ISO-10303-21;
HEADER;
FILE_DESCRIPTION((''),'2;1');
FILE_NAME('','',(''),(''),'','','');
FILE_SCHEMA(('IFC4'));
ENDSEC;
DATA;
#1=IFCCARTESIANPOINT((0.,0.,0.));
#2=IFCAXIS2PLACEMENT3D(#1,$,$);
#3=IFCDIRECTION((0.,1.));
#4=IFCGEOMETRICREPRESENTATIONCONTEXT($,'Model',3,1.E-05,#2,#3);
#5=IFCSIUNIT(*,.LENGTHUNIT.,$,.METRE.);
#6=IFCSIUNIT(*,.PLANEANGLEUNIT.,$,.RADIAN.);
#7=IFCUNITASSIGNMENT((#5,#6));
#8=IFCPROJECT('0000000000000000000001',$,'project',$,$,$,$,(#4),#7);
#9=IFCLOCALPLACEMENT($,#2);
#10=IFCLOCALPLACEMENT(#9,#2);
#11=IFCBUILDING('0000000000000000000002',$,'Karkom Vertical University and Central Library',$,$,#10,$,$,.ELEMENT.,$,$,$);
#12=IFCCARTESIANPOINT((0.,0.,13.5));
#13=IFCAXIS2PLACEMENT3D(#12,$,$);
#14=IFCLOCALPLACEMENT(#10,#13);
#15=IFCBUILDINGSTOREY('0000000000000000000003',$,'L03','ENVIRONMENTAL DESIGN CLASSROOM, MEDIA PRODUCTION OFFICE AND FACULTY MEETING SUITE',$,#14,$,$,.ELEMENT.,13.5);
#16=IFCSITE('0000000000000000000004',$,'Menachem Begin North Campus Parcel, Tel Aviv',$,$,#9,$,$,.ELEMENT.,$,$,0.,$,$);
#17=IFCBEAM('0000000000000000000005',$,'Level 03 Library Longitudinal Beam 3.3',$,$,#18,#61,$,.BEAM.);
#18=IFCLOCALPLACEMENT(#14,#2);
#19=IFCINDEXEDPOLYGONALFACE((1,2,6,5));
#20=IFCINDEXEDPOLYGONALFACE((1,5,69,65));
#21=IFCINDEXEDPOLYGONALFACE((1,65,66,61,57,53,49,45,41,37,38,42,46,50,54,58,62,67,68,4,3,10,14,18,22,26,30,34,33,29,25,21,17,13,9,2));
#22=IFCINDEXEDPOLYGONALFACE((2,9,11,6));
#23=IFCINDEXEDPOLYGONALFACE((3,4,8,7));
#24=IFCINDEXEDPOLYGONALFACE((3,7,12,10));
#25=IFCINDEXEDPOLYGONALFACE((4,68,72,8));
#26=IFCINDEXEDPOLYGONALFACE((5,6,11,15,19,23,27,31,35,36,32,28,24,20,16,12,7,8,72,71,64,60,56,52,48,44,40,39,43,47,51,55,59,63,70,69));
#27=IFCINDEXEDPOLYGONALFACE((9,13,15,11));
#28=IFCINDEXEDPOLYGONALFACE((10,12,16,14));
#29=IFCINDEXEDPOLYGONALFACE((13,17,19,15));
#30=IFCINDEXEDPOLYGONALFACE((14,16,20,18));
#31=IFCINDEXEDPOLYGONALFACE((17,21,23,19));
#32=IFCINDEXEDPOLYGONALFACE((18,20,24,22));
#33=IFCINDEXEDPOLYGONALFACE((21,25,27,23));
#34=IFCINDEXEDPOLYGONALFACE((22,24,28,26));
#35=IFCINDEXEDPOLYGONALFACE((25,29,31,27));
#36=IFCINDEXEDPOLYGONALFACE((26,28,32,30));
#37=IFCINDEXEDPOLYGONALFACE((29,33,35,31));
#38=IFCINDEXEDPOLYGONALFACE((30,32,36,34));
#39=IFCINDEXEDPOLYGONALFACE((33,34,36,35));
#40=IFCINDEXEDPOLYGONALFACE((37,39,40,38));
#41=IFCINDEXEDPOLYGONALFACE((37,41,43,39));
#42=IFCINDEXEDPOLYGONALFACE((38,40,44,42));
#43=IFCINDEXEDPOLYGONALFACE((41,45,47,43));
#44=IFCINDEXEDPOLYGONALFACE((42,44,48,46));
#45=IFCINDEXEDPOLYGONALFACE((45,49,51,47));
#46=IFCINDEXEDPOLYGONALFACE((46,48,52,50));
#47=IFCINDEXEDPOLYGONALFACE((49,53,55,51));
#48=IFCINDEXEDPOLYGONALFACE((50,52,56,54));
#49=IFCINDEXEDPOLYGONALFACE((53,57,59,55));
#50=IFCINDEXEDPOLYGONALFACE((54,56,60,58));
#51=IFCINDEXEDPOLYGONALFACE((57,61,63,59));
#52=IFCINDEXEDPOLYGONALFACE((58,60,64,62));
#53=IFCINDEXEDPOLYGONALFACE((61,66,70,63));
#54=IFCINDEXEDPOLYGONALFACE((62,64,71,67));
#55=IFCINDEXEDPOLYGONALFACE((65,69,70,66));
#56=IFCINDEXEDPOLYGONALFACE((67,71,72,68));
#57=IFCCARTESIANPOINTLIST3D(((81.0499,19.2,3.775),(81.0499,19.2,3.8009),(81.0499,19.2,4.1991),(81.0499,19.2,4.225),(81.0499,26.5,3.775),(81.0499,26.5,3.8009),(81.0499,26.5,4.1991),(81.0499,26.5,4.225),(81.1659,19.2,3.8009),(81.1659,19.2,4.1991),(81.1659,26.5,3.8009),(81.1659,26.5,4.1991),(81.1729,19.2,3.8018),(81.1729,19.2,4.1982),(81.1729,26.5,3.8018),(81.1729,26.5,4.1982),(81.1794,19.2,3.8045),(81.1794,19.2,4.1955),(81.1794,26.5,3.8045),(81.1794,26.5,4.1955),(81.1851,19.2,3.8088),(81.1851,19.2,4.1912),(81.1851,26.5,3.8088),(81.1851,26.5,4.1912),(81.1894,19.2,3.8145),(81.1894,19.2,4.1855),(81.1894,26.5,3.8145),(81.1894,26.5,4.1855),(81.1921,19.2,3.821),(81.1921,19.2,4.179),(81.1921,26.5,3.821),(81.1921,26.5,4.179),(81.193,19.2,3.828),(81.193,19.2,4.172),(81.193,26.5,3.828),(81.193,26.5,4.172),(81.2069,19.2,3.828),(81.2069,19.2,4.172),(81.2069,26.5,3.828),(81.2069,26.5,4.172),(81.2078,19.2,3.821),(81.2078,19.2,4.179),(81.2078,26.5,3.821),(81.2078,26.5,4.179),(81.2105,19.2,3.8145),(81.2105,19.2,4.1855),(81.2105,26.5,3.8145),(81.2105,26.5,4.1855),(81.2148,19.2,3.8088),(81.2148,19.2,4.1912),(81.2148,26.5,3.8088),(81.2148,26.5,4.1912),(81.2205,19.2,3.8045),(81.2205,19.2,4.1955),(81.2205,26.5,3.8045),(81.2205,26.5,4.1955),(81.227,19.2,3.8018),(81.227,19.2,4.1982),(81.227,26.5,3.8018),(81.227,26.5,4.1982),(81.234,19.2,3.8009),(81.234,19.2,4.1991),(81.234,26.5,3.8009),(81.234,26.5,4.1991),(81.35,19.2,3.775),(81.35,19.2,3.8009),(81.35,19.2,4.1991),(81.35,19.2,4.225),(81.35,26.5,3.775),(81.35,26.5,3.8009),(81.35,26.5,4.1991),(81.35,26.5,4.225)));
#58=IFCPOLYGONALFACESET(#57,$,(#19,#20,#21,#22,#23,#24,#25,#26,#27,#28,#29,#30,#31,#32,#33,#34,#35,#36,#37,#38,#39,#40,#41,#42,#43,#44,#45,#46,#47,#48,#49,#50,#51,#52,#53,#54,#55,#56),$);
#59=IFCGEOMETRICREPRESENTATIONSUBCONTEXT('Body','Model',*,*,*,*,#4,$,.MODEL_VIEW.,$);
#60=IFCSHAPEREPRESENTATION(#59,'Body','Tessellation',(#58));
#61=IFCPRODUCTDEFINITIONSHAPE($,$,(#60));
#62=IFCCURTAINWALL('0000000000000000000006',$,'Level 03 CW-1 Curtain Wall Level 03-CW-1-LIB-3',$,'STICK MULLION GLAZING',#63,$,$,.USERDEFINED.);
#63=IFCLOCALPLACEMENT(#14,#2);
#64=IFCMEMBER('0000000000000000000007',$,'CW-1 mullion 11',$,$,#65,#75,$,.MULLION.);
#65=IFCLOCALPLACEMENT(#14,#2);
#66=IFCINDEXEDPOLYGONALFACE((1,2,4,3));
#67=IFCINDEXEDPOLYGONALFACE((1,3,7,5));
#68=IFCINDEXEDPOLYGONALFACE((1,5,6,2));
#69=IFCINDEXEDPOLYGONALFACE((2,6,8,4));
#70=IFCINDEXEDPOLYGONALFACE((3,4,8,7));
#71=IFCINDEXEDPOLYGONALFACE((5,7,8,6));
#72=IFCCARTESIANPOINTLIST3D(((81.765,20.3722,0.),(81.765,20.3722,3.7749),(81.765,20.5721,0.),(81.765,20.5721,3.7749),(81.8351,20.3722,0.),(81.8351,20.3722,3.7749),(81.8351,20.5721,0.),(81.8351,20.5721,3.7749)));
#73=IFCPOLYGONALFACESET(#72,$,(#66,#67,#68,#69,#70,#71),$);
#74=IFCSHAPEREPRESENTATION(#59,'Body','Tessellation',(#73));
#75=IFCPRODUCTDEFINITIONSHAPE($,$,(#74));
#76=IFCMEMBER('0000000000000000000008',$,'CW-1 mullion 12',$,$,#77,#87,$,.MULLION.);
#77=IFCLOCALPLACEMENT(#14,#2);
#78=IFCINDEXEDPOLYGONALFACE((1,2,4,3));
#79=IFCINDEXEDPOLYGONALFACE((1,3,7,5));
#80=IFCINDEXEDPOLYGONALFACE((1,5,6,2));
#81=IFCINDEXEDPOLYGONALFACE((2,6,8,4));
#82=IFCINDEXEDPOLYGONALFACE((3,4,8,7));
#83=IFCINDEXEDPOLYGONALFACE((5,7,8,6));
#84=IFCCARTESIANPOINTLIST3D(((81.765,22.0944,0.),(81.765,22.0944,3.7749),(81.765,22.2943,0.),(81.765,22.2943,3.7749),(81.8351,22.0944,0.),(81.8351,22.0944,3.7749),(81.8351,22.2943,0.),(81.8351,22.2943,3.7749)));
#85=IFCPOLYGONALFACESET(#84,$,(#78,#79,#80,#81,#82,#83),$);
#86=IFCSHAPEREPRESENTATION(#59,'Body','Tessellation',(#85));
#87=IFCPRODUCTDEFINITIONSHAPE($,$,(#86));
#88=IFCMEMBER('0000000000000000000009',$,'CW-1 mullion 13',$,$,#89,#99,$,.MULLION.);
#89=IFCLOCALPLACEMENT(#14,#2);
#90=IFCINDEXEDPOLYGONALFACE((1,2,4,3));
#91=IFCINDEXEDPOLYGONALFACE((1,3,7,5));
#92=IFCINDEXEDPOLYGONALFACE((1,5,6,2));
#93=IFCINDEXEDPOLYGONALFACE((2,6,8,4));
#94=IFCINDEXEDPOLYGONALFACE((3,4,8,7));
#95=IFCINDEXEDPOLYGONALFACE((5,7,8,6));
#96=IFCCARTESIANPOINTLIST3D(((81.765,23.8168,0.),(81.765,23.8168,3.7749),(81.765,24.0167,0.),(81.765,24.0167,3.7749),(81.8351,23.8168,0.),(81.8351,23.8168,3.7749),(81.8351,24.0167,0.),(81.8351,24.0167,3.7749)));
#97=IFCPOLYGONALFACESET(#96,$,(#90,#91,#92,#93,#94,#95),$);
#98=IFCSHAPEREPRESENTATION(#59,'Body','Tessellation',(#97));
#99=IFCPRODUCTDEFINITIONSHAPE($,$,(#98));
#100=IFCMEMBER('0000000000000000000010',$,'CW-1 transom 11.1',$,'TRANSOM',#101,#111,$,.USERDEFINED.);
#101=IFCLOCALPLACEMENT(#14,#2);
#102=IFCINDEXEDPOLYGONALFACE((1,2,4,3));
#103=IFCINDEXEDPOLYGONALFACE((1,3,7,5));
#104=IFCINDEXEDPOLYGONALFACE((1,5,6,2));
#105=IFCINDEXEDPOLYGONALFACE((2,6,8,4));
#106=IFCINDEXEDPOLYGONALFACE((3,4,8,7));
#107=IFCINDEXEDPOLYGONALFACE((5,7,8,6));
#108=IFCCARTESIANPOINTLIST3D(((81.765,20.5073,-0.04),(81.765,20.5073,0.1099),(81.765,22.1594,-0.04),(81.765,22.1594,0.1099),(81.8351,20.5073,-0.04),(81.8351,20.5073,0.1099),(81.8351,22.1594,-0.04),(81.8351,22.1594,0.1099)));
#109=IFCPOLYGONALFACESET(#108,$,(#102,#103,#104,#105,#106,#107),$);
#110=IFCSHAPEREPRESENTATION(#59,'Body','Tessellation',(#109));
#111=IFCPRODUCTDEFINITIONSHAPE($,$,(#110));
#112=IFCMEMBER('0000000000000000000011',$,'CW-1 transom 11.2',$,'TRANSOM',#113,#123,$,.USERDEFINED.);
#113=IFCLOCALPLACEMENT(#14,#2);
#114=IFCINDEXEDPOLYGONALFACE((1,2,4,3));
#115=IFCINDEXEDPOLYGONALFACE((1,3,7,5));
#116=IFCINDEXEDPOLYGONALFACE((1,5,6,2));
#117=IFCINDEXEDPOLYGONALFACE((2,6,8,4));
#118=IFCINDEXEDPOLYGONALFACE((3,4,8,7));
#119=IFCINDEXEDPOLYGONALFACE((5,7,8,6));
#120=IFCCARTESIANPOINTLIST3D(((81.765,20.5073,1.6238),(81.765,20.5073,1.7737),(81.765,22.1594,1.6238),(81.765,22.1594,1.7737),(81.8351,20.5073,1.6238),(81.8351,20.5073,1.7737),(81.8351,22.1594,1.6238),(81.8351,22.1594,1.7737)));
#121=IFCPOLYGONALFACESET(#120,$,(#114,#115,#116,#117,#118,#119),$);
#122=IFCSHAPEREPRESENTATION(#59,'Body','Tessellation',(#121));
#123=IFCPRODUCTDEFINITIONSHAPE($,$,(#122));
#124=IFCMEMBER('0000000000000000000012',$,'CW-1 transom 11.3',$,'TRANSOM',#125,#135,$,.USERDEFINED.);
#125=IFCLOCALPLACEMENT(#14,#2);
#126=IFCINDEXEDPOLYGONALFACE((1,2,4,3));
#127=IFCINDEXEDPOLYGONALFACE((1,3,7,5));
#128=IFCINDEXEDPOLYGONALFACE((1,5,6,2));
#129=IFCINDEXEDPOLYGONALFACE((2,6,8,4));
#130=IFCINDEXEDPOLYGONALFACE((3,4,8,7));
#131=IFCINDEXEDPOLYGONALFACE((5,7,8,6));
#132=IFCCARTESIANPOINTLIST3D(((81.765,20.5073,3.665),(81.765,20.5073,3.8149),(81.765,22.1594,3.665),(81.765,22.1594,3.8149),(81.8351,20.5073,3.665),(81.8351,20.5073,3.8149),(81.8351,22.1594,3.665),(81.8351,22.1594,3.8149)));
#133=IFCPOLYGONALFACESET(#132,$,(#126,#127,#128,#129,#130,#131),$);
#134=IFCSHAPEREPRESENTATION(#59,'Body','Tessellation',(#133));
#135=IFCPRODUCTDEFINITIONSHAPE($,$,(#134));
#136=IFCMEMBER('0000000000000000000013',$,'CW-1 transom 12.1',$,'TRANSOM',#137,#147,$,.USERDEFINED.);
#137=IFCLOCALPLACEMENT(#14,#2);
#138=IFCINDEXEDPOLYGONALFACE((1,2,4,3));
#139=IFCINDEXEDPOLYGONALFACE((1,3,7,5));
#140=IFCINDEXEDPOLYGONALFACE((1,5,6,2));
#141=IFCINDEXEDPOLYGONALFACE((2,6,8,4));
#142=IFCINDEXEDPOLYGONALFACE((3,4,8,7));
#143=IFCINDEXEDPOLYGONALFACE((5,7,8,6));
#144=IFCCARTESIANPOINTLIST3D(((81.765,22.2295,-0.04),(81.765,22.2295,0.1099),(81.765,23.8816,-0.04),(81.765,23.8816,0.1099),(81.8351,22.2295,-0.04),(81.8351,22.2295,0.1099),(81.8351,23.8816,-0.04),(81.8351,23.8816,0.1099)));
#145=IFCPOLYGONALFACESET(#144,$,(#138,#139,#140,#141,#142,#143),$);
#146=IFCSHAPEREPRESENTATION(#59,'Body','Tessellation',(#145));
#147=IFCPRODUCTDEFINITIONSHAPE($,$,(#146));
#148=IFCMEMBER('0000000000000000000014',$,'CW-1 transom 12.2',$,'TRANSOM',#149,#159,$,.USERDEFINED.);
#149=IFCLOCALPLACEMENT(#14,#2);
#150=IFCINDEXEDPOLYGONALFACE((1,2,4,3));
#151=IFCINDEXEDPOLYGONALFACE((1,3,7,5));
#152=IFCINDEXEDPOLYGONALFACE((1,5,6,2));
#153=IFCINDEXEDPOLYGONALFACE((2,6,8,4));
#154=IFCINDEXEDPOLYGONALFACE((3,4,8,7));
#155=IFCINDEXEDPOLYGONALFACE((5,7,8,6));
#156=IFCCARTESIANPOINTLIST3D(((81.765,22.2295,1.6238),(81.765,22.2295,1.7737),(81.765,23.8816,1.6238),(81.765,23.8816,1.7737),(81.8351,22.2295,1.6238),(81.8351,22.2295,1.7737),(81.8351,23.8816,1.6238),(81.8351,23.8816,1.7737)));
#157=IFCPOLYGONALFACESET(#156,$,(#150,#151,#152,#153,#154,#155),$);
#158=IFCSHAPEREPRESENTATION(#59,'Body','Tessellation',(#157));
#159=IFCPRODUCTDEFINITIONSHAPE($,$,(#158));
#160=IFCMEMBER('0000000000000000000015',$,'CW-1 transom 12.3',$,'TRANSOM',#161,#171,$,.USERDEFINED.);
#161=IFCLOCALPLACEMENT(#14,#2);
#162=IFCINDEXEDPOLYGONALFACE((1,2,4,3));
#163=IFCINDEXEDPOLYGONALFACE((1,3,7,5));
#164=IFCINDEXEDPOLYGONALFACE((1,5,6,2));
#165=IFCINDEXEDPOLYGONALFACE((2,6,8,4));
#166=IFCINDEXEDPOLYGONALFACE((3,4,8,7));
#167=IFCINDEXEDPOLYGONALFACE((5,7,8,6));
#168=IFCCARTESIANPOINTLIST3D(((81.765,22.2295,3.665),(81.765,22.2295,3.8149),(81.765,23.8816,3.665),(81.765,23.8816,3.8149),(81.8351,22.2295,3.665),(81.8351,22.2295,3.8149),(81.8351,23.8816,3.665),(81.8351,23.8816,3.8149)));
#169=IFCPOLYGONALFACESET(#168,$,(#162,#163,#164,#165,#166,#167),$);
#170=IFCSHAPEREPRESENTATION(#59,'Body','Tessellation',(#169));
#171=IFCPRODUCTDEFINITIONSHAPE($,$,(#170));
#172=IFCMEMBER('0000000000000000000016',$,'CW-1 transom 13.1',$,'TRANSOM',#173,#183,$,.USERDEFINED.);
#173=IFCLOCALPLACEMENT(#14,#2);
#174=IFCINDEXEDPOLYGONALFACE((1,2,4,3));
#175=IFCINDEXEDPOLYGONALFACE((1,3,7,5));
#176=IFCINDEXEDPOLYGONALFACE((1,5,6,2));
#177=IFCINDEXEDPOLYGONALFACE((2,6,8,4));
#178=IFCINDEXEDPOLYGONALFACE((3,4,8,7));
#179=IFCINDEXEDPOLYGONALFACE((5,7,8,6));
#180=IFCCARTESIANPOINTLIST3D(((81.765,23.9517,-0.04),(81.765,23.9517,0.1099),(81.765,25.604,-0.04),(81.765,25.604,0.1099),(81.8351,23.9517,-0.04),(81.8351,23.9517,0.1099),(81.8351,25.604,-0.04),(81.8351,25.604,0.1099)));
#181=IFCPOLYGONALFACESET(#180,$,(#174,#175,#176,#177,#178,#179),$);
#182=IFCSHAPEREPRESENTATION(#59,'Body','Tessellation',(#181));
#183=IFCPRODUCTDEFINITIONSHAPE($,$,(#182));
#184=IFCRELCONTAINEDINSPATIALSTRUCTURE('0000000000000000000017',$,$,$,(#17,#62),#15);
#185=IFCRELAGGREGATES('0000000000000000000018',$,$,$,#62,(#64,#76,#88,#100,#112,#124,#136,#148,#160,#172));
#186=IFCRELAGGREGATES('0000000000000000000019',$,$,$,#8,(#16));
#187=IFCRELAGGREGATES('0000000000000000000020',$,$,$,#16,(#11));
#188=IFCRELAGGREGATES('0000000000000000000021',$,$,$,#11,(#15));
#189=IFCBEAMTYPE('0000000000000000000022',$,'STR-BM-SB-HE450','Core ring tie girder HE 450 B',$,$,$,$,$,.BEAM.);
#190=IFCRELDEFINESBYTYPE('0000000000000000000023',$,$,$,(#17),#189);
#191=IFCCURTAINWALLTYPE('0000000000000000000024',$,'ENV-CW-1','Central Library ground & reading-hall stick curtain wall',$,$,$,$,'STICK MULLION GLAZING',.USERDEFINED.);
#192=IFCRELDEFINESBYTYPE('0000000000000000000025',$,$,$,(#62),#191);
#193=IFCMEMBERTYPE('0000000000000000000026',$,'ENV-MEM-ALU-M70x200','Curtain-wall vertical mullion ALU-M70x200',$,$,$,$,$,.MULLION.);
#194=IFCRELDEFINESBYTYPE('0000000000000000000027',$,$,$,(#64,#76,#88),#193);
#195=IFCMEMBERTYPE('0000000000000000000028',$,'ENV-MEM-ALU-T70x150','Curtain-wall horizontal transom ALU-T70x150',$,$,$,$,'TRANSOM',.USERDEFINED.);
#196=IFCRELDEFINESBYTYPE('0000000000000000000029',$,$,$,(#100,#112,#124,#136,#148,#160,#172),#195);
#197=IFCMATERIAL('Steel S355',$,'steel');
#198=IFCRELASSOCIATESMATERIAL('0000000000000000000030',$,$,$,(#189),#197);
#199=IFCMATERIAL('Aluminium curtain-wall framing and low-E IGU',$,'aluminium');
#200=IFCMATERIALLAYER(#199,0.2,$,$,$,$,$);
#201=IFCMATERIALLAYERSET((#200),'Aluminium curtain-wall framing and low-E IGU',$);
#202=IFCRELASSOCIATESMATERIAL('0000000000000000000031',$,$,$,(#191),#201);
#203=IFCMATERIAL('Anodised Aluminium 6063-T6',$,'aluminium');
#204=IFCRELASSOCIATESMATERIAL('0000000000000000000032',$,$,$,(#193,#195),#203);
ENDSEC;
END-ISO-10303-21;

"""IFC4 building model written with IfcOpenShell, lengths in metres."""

from ifc_helpers import new_model, si_unit, direction, frame, origin, origin_with_axes, origin_2d, place, context, subcontext, project, spatial, rectangle, i_section, extrude, source, transform, mapped, material, layer, layer_set, material_profile, profile_set, type_object, element, aggregate, save


model = new_model("IFC4")

# Units and contexts
model_context = context("Model", 3, precision=1e-05, world=origin(), true_north=direction((0.0, 1.0)))
body_context = subcontext(model_context, "Body", "Model", "MODEL_VIEW")
ifc_project = project(units=[si_unit("LENGTHUNIT", "METRE"), si_unit("PLANEANGLEUNIT", "RADIAN")], contexts=[model_context])

# Site, building, storey
site_placement = place(None, origin())
site = spatial("IfcSite", under=ifc_project, at=site_placement, Name="Menachem Begin North Campus Parcel, Tel Aviv", CompositionType="ELEMENT", RefElevation=0.0)
building_placement = place(site_placement, origin())
building = spatial("IfcBuilding", under=site, at=building_placement, Name="Karkom Vertical University and Central Library", CompositionType="ELEMENT")
storey_placement = place(building_placement, frame((0.0, 0.0, 13.5)))
storey = spatial("IfcBuildingStorey", under=building, at=storey_placement, Name="L03", Description="ENVIRONMENTAL DESIGN CLASSROOM, MEDIA PRODUCTION OFFICE AND FACULTY MEETING SUITE", CompositionType="ELEMENT", Elevation=13.5)

# Beam
ifc_material_1 = material(Name="Steel S355", Category="steel")
ifc_material_profile_1 = material_profile(ifc_material_1, i_section(OverallWidth=0.3, OverallDepth=0.45, WebThickness=0.0139, FlangeThickness=0.0259, FilletRadius=0.0271, at=origin_2d()), Name="HE 450 B")
ifc_profile_set_1 = profile_set([ifc_material_profile_1], Name="Steel S355")
beam_type = type_object("IfcBeamType", Name="STR-BM-SB-HE450", Description="Core ring tie girder HE 450 B", PredefinedType="BEAM", material=ifc_profile_set_1)
shared_shape_1 = source(origin_with_axes(), body_context, "Body", "SweptSolid", [
    extrude(i_section(OverallWidth=0.3, OverallDepth=0.45, WebThickness=0.0139, FlangeThickness=0.0259, FilletRadius=0.0271, at=origin_2d()), origin(), (0.0, 0.0, 1.0), 7.3),
])
beam_placement = place(storey_placement, frame((81.2, 19.2, 4.0), z_axis=(0.0, 1.0, 0.0), x_axis=(-1.0, 0.0, 0.0)))
element("IfcBeam", 1, at=beam_placement, inside=storey, type_object=beam_type, Name="Level 03 Library Longitudinal Beam 3.3", PredefinedType="BEAM", context=body_context, shape_type="MappedRepresentation", body=[
    mapped(shared_shape_1, transform((0.0, 0.0, 0.0), scale=1.0)),
])

# Curtain wall, members
ifc_material_2 = material(Name="Aluminium curtain-wall framing and low-E IGU", Category="aluminium")
ifc_layer_1 = layer(ifc_material_2, 0.2)
ifc_layer_set_1 = layer_set([ifc_layer_1], Name="Aluminium curtain-wall framing and low-E IGU")
curtain_wall_type = type_object("IfcCurtainWallType", Name="ENV-CW-1", Description="Central Library ground & reading-hall stick curtain wall", ElementType="STICK MULLION GLAZING", PredefinedType="USERDEFINED", material=ifc_layer_set_1)
curtain_wall_placement = place(storey_placement, origin())
curtain_wall = element("IfcCurtainWall", 2, at=curtain_wall_placement, inside=storey, type_object=curtain_wall_type, Name="Level 03 CW-1 Curtain Wall Level 03-CW-1-LIB-3", ObjectType="STICK MULLION GLAZING", PredefinedType="USERDEFINED")
ifc_material_3 = material(Name="Anodised Aluminium 6063-T6", Category="aluminium")
ifc_material_profile_2 = material_profile(ifc_material_3, rectangle(XDim=0.0701, YDim=0.2, at=origin_2d()), Name="ALU-M70x200")
ifc_profile_set_2 = profile_set([ifc_material_profile_2], Name="Anodised Aluminium 6063-T6")
member_type_1 = type_object("IfcMemberType", Name="ENV-MEM-ALU-M70x200", Description="Curtain-wall vertical mullion ALU-M70x200", PredefinedType="MULLION", material=ifc_profile_set_2)
shared_shape_2 = source(origin_with_axes(), body_context, "Body", "SweptSolid", [
    extrude(rectangle(XDim=0.0701, YDim=0.2, at=origin_2d()), origin(), (0.0, 0.0, 1.0), 3.7749),
])
member_1_placement = place(storey_placement, frame((81.8, 20.4722, 0.0), z_axis=(0.0, 0.0, 1.0), x_axis=(-1.0, 0.0, 0.0)))
member_1 = element("IfcMember", 3, at=member_1_placement, type_object=member_type_1, Name="CW-1 mullion 11", PredefinedType="MULLION", context=body_context, shape_type="MappedRepresentation", body=[
    mapped(shared_shape_2, transform((0.0, 0.0, 0.0), scale=1.0)),
])
member_2_placement = place(storey_placement, frame((81.8, 22.1943, 0.0), z_axis=(0.0, 0.0, 1.0), x_axis=(-1.0, 0.0, 0.0)))
member_2 = element("IfcMember", 4, at=member_2_placement, type_object=member_type_1, Name="CW-1 mullion 12", PredefinedType="MULLION", context=body_context, shape_type="MappedRepresentation", body=[
    mapped(shared_shape_2, transform((0.0, 0.0, 0.0), scale=1.0)),
])
member_3_placement = place(storey_placement, frame((81.8, 23.9167, 0.0), z_axis=(0.0, 0.0, 1.0), x_axis=(-1.0, 0.0, 0.0)))
member_3 = element("IfcMember", 5, at=member_3_placement, type_object=member_type_1, Name="CW-1 mullion 13", PredefinedType="MULLION", context=body_context, shape_type="MappedRepresentation", body=[
    mapped(shared_shape_2, transform((0.0, 0.0, 0.0), scale=1.0)),
])
ifc_material_profile_3 = material_profile(ifc_material_3, rectangle(XDim=0.0701, YDim=0.1499, at=origin_2d()), Name="ALU-T70x150")
ifc_profile_set_3 = profile_set([ifc_material_profile_3], Name="Anodised Aluminium 6063-T6")
member_type_2 = type_object("IfcMemberType", Name="ENV-MEM-ALU-T70x150", Description="Curtain-wall horizontal transom ALU-T70x150", ElementType="TRANSOM", PredefinedType="USERDEFINED", material=ifc_profile_set_3)
shared_shape_3 = source(origin_with_axes(), body_context, "Body", "SweptSolid", [
    extrude(rectangle(XDim=0.0701, YDim=0.1499, at=origin_2d()), origin(), (0.0, 0.0, 1.0), 1.6521),
])
member_4_placement = place(storey_placement, frame((81.8, 20.5073, 0.0349), z_axis=(0.0, 1.0, 0.0), x_axis=(-1.0, 0.0, 0.0)))
member_4 = element("IfcMember", 6, at=member_4_placement, type_object=member_type_2, Name="CW-1 transom 11.1", ObjectType="TRANSOM", PredefinedType="USERDEFINED", context=body_context, shape_type="MappedRepresentation", body=[
    mapped(shared_shape_3, transform((0.0, 0.0, 0.0), scale=1.0)),
])
member_5_placement = place(storey_placement, frame((81.8, 20.5073, 1.6987), z_axis=(0.0, 1.0, 0.0), x_axis=(-1.0, 0.0, 0.0)))
member_5 = element("IfcMember", 7, at=member_5_placement, type_object=member_type_2, Name="CW-1 transom 11.2", ObjectType="TRANSOM", PredefinedType="USERDEFINED", context=body_context, shape_type="MappedRepresentation", body=[
    mapped(shared_shape_3, transform((0.0, 0.0, 0.0), scale=1.0)),
])
member_6_placement = place(storey_placement, frame((81.8, 20.5073, 3.74), z_axis=(0.0, 1.0, 0.0), x_axis=(-1.0, 0.0, 0.0)))
member_6 = element("IfcMember", 8, at=member_6_placement, type_object=member_type_2, Name="CW-1 transom 11.3", ObjectType="TRANSOM", PredefinedType="USERDEFINED", context=body_context, shape_type="MappedRepresentation", body=[
    mapped(shared_shape_3, transform((0.0, 0.0, 0.0), scale=1.0)),
])
member_7_placement = place(storey_placement, frame((81.8, 22.2295, 0.0349), z_axis=(0.0, 1.0, 0.0), x_axis=(-1.0, 0.0, 0.0)))
member_7 = element("IfcMember", 9, at=member_7_placement, type_object=member_type_2, Name="CW-1 transom 12.1", ObjectType="TRANSOM", PredefinedType="USERDEFINED", context=body_context, shape_type="MappedRepresentation", body=[
    mapped(shared_shape_3, transform((0.0, 0.0, 0.0), scale=1.0)),
])
member_8_placement = place(storey_placement, frame((81.8, 22.2295, 1.6987), z_axis=(0.0, 1.0, 0.0), x_axis=(-1.0, 0.0, 0.0)))
member_8 = element("IfcMember", 10, at=member_8_placement, type_object=member_type_2, Name="CW-1 transom 12.2", ObjectType="TRANSOM", PredefinedType="USERDEFINED", context=body_context, shape_type="MappedRepresentation", body=[
    mapped(shared_shape_3, transform((0.0, 0.0, 0.0), scale=1.0)),
])
member_9_placement = place(storey_placement, frame((81.8, 22.2295, 3.74), z_axis=(0.0, 1.0, 0.0), x_axis=(-1.0, 0.0, 0.0)))
member_9 = element("IfcMember", 11, at=member_9_placement, type_object=member_type_2, Name="CW-1 transom 12.3", ObjectType="TRANSOM", PredefinedType="USERDEFINED", context=body_context, shape_type="MappedRepresentation", body=[
    mapped(shared_shape_3, transform((0.0, 0.0, 0.0), scale=1.0)),
])
shared_shape_4 = source(origin_with_axes(), body_context, "Body", "SweptSolid", [
    extrude(rectangle(XDim=0.0701, YDim=0.1499, at=origin_2d()), origin(), (0.0, 0.0, 1.0), 1.6523),
])
member_10_placement = place(storey_placement, frame((81.8, 23.9517, 0.0349), z_axis=(0.0, 1.0, 0.0), x_axis=(-1.0, 0.0, 0.0)))
member_10 = element("IfcMember", 12, at=member_10_placement, type_object=member_type_2, Name="CW-1 transom 13.1", ObjectType="TRANSOM", PredefinedType="USERDEFINED", context=body_context, shape_type="MappedRepresentation", body=[
    mapped(shared_shape_4, transform((0.0, 0.0, 0.0), scale=1.0)),
])
aggregate(curtain_wall, [member_1, member_2, member_3, member_4, member_5, member_6, member_7, member_8, member_9, member_10])

save(model, "model.ifc")
